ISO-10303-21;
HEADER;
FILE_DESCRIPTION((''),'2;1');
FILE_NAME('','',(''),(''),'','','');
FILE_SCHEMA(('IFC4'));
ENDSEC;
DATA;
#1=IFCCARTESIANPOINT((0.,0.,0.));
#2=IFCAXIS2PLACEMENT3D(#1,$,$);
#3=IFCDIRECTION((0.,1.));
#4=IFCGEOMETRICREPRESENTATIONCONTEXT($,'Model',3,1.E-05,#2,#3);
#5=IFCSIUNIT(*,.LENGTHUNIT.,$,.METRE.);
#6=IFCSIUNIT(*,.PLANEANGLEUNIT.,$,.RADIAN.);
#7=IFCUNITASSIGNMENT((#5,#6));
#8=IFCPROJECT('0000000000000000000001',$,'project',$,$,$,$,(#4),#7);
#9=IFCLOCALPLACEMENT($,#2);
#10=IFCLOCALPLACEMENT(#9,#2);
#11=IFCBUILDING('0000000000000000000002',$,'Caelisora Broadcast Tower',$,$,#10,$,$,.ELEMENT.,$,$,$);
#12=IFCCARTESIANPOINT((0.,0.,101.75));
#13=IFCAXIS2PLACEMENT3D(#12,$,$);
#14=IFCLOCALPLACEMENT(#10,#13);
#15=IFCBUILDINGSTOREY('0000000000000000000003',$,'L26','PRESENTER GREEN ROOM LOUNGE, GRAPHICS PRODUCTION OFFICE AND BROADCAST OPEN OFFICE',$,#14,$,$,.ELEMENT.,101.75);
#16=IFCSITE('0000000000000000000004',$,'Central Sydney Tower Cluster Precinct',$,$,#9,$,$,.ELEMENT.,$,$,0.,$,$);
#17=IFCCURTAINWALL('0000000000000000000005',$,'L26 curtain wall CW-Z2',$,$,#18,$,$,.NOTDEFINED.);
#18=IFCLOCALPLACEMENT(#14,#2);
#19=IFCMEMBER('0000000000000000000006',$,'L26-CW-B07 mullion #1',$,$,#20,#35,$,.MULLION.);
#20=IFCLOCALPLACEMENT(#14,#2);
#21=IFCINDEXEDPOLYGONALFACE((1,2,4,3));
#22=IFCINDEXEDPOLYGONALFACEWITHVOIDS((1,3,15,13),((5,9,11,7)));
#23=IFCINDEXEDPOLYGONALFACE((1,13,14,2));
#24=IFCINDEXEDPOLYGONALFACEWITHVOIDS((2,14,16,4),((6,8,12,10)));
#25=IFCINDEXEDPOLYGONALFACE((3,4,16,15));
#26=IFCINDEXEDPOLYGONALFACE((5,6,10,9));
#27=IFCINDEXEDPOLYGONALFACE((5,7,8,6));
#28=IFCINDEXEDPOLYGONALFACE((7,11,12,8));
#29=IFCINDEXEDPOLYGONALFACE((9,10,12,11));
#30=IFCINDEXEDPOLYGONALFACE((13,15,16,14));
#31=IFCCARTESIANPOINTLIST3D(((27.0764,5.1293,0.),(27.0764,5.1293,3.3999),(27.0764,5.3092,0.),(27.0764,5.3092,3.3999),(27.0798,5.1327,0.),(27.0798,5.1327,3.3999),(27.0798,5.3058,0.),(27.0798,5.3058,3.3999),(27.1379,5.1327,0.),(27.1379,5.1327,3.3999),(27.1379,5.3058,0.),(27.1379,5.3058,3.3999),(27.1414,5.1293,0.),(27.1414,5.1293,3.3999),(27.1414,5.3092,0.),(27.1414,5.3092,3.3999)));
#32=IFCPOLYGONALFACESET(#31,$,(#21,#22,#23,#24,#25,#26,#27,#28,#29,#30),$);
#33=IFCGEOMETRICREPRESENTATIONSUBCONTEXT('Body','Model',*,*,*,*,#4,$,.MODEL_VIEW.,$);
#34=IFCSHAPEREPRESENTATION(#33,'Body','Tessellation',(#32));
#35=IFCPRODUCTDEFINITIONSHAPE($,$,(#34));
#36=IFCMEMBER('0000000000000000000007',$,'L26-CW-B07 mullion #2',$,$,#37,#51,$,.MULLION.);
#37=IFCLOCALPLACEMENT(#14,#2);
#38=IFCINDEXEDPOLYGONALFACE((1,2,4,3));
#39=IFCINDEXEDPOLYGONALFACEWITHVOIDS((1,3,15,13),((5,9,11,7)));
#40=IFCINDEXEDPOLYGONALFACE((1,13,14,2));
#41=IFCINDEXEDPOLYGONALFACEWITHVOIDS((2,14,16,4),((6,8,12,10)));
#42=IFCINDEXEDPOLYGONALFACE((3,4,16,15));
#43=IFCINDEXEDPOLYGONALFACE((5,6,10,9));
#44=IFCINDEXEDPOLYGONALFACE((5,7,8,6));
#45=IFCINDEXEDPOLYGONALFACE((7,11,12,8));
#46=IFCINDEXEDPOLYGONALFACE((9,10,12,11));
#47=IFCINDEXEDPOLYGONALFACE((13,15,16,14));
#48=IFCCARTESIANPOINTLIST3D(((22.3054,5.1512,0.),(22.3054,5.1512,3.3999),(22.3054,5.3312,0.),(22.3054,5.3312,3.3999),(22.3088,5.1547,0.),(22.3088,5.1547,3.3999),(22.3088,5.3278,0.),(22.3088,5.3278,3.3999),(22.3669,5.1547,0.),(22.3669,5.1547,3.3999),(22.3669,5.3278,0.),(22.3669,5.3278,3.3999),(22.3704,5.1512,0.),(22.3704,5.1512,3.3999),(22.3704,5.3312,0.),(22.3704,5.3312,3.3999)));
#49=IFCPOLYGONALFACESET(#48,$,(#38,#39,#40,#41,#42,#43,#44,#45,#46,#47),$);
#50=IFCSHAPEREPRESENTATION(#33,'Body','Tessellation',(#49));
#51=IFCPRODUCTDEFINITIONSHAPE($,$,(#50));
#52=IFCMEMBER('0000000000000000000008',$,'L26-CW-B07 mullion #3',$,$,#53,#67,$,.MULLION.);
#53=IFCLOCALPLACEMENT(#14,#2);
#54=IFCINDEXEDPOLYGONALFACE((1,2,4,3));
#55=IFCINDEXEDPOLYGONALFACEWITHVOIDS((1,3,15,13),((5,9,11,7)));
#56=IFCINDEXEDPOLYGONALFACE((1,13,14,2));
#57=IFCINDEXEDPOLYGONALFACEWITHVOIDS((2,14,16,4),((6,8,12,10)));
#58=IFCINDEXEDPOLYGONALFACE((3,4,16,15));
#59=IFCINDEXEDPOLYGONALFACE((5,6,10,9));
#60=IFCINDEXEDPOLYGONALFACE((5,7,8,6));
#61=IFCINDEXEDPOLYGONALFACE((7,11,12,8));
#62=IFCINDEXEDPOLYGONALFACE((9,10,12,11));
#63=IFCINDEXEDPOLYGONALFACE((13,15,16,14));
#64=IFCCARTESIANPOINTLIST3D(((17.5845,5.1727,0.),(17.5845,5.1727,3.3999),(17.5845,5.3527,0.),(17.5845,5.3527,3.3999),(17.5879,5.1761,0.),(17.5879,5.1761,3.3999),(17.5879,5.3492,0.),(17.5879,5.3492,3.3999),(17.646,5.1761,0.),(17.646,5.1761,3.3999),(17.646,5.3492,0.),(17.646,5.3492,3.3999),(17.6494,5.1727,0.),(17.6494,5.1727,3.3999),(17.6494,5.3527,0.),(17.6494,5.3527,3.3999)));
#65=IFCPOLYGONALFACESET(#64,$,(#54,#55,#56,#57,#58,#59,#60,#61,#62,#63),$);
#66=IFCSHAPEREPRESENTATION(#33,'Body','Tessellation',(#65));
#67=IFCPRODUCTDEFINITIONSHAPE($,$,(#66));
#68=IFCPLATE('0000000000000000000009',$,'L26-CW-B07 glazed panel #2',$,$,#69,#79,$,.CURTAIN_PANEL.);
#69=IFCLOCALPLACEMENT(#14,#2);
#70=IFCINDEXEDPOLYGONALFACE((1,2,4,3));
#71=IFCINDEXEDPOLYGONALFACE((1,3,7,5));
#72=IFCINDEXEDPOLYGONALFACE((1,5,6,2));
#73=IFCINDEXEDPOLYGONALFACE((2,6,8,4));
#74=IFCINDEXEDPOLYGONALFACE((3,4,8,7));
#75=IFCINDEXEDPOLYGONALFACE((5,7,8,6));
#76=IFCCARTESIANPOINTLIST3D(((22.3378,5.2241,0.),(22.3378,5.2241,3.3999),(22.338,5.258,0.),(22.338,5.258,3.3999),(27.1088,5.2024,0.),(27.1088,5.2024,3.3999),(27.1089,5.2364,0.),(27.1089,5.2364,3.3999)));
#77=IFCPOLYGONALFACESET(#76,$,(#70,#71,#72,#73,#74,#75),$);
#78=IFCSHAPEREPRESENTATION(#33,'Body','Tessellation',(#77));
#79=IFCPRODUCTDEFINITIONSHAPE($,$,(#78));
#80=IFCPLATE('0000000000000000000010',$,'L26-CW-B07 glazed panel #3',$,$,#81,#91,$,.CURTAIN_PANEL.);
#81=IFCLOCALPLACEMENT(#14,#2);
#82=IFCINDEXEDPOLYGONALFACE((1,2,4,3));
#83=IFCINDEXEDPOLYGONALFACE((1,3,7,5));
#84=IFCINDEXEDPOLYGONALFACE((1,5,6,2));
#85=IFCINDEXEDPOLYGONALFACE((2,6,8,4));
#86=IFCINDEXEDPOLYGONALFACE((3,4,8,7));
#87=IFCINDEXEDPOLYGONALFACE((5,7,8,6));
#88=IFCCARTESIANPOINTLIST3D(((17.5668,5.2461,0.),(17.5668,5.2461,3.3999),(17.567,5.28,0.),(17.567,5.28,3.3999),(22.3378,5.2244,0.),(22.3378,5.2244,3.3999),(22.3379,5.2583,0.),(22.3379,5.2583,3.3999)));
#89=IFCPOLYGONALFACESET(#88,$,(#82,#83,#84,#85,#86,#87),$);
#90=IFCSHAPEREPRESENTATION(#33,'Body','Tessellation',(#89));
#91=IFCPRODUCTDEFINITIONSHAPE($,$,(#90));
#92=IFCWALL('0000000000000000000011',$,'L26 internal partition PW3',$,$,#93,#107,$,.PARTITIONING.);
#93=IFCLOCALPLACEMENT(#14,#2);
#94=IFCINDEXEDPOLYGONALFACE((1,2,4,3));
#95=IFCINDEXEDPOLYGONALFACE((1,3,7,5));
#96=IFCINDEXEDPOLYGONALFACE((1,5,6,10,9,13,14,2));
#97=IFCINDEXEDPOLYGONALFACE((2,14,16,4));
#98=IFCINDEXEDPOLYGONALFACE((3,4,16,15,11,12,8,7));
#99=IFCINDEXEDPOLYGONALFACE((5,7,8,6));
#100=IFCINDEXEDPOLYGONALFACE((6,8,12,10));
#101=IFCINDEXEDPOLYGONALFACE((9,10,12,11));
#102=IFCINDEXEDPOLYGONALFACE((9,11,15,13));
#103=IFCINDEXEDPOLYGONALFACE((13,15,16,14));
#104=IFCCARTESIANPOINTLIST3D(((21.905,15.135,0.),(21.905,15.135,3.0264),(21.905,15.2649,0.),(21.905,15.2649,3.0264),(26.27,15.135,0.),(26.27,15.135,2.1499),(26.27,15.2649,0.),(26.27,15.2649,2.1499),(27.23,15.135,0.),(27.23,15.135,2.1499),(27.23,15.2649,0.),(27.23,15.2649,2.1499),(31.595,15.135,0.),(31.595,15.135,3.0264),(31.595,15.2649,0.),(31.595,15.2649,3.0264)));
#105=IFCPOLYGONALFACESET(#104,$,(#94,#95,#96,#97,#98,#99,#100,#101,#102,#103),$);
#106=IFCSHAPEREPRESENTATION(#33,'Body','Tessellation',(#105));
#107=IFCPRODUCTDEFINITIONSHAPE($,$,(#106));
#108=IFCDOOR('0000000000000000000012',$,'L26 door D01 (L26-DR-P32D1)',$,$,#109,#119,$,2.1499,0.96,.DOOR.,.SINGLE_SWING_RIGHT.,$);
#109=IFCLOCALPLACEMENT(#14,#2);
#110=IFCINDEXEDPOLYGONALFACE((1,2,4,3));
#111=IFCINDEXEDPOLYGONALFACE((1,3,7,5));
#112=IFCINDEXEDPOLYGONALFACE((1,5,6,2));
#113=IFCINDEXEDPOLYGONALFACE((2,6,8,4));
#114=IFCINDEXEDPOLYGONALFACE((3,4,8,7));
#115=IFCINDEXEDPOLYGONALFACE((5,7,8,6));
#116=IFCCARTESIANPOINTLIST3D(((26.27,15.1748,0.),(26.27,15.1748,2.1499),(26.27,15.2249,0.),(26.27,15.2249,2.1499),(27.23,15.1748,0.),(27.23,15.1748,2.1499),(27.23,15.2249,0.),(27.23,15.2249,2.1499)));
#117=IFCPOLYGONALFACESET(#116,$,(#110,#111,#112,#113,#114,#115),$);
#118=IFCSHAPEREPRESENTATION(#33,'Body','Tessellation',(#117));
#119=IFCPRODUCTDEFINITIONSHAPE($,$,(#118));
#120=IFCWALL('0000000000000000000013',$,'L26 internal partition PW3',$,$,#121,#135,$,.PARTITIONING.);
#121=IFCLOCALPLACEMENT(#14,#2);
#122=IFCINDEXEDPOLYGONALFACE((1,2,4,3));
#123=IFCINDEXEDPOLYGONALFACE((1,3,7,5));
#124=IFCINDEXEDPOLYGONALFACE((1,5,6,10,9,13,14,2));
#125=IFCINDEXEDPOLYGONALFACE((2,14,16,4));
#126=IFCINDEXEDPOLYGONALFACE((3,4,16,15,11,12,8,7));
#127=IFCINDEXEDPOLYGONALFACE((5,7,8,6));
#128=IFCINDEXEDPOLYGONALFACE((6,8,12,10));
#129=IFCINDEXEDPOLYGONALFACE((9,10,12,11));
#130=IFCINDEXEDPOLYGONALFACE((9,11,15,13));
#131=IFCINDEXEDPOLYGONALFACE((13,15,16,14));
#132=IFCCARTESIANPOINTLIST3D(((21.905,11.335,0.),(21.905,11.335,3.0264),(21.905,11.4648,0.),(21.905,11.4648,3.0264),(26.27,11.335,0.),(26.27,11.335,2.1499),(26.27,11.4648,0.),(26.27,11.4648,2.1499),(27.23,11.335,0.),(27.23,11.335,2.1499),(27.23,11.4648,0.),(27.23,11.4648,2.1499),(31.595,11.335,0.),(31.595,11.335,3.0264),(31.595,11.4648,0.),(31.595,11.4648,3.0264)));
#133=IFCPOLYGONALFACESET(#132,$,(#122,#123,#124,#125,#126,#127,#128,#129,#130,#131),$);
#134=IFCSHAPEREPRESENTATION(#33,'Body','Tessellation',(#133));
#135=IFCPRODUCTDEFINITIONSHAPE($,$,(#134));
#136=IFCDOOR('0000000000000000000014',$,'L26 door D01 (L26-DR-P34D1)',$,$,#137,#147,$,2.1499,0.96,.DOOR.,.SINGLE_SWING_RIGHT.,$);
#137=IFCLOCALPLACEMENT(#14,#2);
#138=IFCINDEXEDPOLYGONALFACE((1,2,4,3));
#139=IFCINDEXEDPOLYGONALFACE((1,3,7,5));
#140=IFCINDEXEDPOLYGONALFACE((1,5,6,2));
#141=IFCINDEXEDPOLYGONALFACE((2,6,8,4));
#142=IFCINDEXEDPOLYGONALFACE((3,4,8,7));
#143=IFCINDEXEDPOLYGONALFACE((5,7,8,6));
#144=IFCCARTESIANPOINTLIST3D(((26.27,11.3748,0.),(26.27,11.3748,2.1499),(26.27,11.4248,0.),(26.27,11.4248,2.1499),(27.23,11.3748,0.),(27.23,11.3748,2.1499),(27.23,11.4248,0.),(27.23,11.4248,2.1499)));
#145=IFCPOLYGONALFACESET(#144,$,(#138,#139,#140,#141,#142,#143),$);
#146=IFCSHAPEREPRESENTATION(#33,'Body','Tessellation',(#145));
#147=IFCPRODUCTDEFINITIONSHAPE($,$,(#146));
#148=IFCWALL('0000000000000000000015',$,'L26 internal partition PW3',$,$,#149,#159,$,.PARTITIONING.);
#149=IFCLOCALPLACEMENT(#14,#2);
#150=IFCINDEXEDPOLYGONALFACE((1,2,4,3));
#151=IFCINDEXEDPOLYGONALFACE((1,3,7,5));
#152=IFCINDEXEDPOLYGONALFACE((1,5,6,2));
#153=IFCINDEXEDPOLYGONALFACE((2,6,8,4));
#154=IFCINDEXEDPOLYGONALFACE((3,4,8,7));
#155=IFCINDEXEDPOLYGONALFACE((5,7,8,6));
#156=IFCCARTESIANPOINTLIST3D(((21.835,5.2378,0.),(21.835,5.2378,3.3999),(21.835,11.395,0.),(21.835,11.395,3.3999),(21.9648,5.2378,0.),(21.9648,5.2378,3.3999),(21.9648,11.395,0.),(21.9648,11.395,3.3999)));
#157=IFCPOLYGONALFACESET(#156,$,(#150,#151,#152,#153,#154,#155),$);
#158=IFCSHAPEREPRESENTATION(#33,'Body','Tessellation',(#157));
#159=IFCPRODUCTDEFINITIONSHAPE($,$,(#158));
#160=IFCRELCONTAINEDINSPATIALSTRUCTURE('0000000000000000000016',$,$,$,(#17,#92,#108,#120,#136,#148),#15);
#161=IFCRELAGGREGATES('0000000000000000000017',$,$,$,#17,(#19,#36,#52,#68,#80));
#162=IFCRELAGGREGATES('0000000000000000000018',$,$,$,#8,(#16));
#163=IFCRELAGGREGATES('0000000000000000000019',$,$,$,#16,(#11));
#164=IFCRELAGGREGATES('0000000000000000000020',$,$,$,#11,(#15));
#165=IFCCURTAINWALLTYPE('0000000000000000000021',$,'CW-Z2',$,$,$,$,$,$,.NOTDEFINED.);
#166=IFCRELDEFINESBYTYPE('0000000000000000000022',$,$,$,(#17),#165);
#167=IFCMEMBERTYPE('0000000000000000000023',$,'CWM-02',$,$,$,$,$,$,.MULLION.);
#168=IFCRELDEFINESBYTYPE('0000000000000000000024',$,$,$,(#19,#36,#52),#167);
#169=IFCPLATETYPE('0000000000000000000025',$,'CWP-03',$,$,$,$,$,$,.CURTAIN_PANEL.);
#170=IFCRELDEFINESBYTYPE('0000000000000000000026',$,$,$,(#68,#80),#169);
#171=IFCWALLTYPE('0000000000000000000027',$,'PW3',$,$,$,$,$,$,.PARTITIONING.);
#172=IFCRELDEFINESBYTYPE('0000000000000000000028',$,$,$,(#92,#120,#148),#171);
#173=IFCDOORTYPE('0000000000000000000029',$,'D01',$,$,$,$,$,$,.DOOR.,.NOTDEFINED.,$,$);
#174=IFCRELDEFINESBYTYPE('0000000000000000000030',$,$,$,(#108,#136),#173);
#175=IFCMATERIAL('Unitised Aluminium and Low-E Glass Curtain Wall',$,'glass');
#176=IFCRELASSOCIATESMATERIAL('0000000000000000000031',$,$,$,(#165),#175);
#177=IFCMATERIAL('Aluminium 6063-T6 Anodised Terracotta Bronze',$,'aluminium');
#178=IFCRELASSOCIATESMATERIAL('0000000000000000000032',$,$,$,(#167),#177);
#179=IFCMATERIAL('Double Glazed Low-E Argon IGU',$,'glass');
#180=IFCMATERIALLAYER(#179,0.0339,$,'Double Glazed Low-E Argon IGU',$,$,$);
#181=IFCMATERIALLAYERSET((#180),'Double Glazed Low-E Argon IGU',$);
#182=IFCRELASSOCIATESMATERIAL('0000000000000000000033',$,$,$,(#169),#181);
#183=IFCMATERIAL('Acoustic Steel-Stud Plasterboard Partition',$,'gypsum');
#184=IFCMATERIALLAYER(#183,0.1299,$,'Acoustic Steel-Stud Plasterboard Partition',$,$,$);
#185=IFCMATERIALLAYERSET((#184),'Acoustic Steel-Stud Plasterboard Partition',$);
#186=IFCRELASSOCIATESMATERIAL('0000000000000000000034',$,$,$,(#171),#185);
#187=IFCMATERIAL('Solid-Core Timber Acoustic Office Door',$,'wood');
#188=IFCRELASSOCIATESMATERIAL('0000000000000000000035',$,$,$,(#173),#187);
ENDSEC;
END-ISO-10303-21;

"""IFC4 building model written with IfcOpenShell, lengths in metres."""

from ifc_helpers import new_model, si_unit, direction, frame, frame_2d, origin, origin_2d, place, context, subcontext, project, spatial, rectangle, hollow_rectangle, extrude, source, transform, mapped, material, layer, layer_set, material_profile, profile_set, type_object, type_shapes, element, fill, aggregate, save


model = new_model("IFC4")

# Units and contexts
model_context = context("Model", 3, precision=1e-05, world=origin(), true_north=direction((0.0, 1.0)))
body_context = subcontext(model_context, "Body", "Model", "MODEL_VIEW")
ifc_project = project(units=[si_unit("LENGTHUNIT", "METRE"), si_unit("PLANEANGLEUNIT", "RADIAN")], contexts=[model_context])

# Site, building, storey
site_placement = place(None, origin())
site = spatial("IfcSite", under=ifc_project, at=site_placement, Name="Central Sydney Tower Cluster Precinct", CompositionType="ELEMENT", RefElevation=0.0)
building_placement = place(site_placement, origin())
building = spatial("IfcBuilding", under=site, at=building_placement, Name="Caelisora Broadcast Tower", CompositionType="ELEMENT")
storey_placement = place(building_placement, frame((0.0, 0.0, 101.75)))
storey = spatial("IfcBuildingStorey", under=building, at=storey_placement, Name="L26", Description="PRESENTER GREEN ROOM LOUNGE, GRAPHICS PRODUCTION OFFICE AND BROADCAST OPEN OFFICE", CompositionType="ELEMENT", Elevation=101.75)

# Curtain wall, members, plates
ifc_material_1 = material(Name="Unitised Aluminium and Low-E Glass Curtain Wall", Category="glass")
curtain_wall_type = type_object("IfcCurtainWallType", Name="CW-Z2", PredefinedType="NOTDEFINED", material=ifc_material_1)
curtain_wall_placement = place(storey_placement, origin())
curtain_wall = element("IfcCurtainWall", 1, at=curtain_wall_placement, inside=storey, type_object=curtain_wall_type, Name="L26 curtain wall CW-Z2", PredefinedType="NOTDEFINED")
ifc_material_2 = material(Name="Aluminium 6063-T6 Anodised Terracotta Bronze", Category="aluminium")
ifc_material_profile_1 = material_profile(ifc_material_2, hollow_rectangle(XDim=0.0649, YDim=0.1799, WallThickness=0.0034, at=origin_2d()), Name="Aluminium 6063-T6 Anodised Terracotta Bronze")
ifc_profile_set_1 = profile_set([ifc_material_profile_1], Name="Aluminium 6063-T6 Anodised Terracotta Bronze")
member_type = type_object("IfcMemberType", Name="CWM-02", PredefinedType="MULLION", material=ifc_profile_set_1)
shared_shape_1 = source(origin(), body_context, "Body", "SweptSolid", [
    extrude(hollow_rectangle(XDim=0.0649, YDim=0.1799, WallThickness=0.0034, at=origin_2d()), origin(), (0.0, 0.0, 1.0), 3.3999),
])
type_shapes(member_type, [shared_shape_1])
member_1_placement = place(storey_placement, frame((27.1089, 5.2192, 0.0), z_axis=(0.0, 0.0, 1.0), x_axis=(1.0, 0.0, 0.0)))
member_1 = element("IfcMember", 2, at=member_1_placement, type_object=member_type, Name="L26-CW-B07 mullion #1", PredefinedType="MULLION", context=body_context, shape_type="MappedRepresentation", body=[
    mapped(shared_shape_1, transform((0.0, 0.0, 0.0), scale=1.0)),
])
member_2_placement = place(storey_placement, frame((22.3379, 5.2412, 0.0), z_axis=(0.0, 0.0, 1.0), x_axis=(1.0, 0.0, 0.0)))
member_2 = element("IfcMember", 3, at=member_2_placement, type_object=member_type, Name="L26-CW-B07 mullion #2", PredefinedType="MULLION", context=body_context, shape_type="MappedRepresentation", body=[
    mapped(shared_shape_1, transform((0.0, 0.0, 0.0), scale=1.0)),
])
member_3_placement = place(storey_placement, frame((17.6169, 5.2627, 0.0), z_axis=(0.0, 0.0, 1.0), x_axis=(1.0, 0.0, 0.0)))
member_3 = element("IfcMember", 4, at=member_3_placement, type_object=member_type, Name="L26-CW-B07 mullion #3", PredefinedType="MULLION", context=body_context, shape_type="MappedRepresentation", body=[
    mapped(shared_shape_1, transform((0.0, 0.0, 0.0), scale=1.0)),
])
ifc_material_3 = material(Name="Double Glazed Low-E Argon IGU", Category="glass")
ifc_layer_1 = layer(ifc_material_3, 0.0339, Name="Double Glazed Low-E Argon IGU")
ifc_layer_set_1 = layer_set([ifc_layer_1], Name="Double Glazed Low-E Argon IGU")
plate_type = type_object("IfcPlateType", Name="CWP-03", PredefinedType="CURTAIN_PANEL", material=ifc_layer_set_1)
shared_shape_2 = source(origin(), body_context, "Body", "SweptSolid", [
    extrude(rectangle(XDim=4.771, YDim=0.0339, at=origin_2d()), origin(), (0.0, 0.0, 1.0), 3.3999),
])
type_shapes(plate_type, [shared_shape_2])
plate_1_placement = place(storey_placement, frame((24.7234, 5.2302, 0.0), z_axis=(0.0, 0.0, 1.0), x_axis=(-0.99999, 0.004538, 0.0)))
plate_1 = element("IfcPlate", 5, at=plate_1_placement, type_object=plate_type, Name="L26-CW-B07 glazed panel #2", PredefinedType="CURTAIN_PANEL", context=body_context, shape_type="MappedRepresentation", body=[
    mapped(shared_shape_2, transform((0.0, 0.0, 0.0), scale=1.0)),
])
plate_2_placement = place(storey_placement, frame((19.9524, 5.2522, 0.0), z_axis=(0.0, 0.0, 1.0), x_axis=(-0.99999, 0.004538, 0.0)))
plate_2 = element("IfcPlate", 6, at=plate_2_placement, type_object=plate_type, Name="L26-CW-B07 glazed panel #3", PredefinedType="CURTAIN_PANEL", context=body_context, shape_type="MappedRepresentation", body=[
    mapped(shared_shape_2, transform((0.0, 0.0, 0.0), scale=1.0)),
])
aggregate(curtain_wall, [member_1, member_2, member_3, plate_1, plate_2])

# Walls, openings, doors
ifc_material_4 = material(Name="Acoustic Steel-Stud Plasterboard Partition", Category="gypsum")
ifc_layer_2 = layer(ifc_material_4, 0.1299, Name="Acoustic Steel-Stud Plasterboard Partition")
ifc_layer_set_2 = layer_set([ifc_layer_2], Name="Acoustic Steel-Stud Plasterboard Partition")
wall_type_1 = type_object("IfcWallType", Name="PW3", PredefinedType="PARTITIONING", material=ifc_layer_set_2)
wall_1_placement = place(storey_placement, frame((21.905, 15.2, 0.0), z_axis=(0.0, 0.0, 1.0), x_axis=(1.0, 0.0, 0.0)))
wall_1 = element("IfcWall", 7, at=wall_1_placement, inside=storey, type_object=wall_type_1, Name="L26 internal partition PW3", PredefinedType="PARTITIONING", context=body_context, shape_type="SweptSolid", body=[
    extrude(rectangle(XDim=9.6899, YDim=0.1299, at=frame_2d((4.845, 0.0))), origin(), (0.0, 0.0, 1.0), 3.0264),
])
opening_1_placement = place(wall_1_placement, frame((4.365, 0.0, 0.0)))
opening_1 = element("IfcOpeningElement", 8, at=opening_1_placement, cuts=wall_1, PredefinedType="OPENING", context=body_context, shape_type="SweptSolid", body=[
    extrude(rectangle(XDim=0.96, YDim=2.1499, at=frame_2d((0.48, 1.075))), frame((0.0, 0.0769, 0.0), z_axis=(0.0, -1.0, 0.0), x_axis=(1.0, 0.0, 0.0)), (0.0, 0.0, 1.0), 0.1538),
])
ifc_material_5 = material(Name="Solid-Core Timber Acoustic Office Door", Category="wood")
door_type_1 = type_object("IfcDoorType", Name="D01", OperationType="NOTDEFINED", PredefinedType="DOOR", material=ifc_material_5)
door_1_placement = place(opening_1_placement, origin())
door_1 = element("IfcDoor", 9, at=door_1_placement, inside=storey, type_object=door_type_1, Name="L26 door D01 (L26-DR-P32D1)", OperationType="SINGLE_SWING_RIGHT", OverallHeight=2.1499, OverallWidth=0.96, PredefinedType="DOOR", context=body_context, shape_type="SweptSolid", body=[
    extrude(rectangle(XDim=0.96, YDim=2.1499, at=frame_2d((0.48, 1.075))), frame((0.0, 0.0249, 0.0), z_axis=(0.0, -1.0, 0.0), x_axis=(1.0, 0.0, 0.0)), (0.0, 0.0, 1.0), 0.05),
])
fill(opening_1, door_1)
wall_2_placement = place(storey_placement, frame((21.905, 11.3999, 0.0), z_axis=(0.0, 0.0, 1.0), x_axis=(1.0, 0.0, 0.0)))
wall_2 = element("IfcWall", 10, at=wall_2_placement, inside=storey, type_object=wall_type_1, Name="L26 internal partition PW3", PredefinedType="PARTITIONING", context=body_context, shape_type="SweptSolid", body=[
    extrude(rectangle(XDim=9.6899, YDim=0.1299, at=frame_2d((4.845, 0.0))), origin(), (0.0, 0.0, 1.0), 3.0264),
])
opening_2_placement = place(wall_2_placement, frame((4.365, 0.0, 0.0)))
opening_2 = element("IfcOpeningElement", 11, at=opening_2_placement, cuts=wall_2, PredefinedType="OPENING", context=body_context, shape_type="SweptSolid", body=[
    extrude(rectangle(XDim=0.96, YDim=2.1499, at=frame_2d((0.48, 1.075))), frame((0.0, 0.0769, 0.0), z_axis=(0.0, -1.0, 0.0), x_axis=(1.0, 0.0, 0.0)), (0.0, 0.0, 1.0), 0.1538),
])
door_2_placement = place(opening_2_placement, origin())
door_2 = element("IfcDoor", 12, at=door_2_placement, inside=storey, type_object=door_type_1, Name="L26 door D01 (L26-DR-P34D1)", OperationType="SINGLE_SWING_RIGHT", OverallHeight=2.1499, OverallWidth=0.96, PredefinedType="DOOR", context=body_context, shape_type="SweptSolid", body=[
    extrude(rectangle(XDim=0.96, YDim=2.1499, at=frame_2d((0.48, 1.075))), frame((0.0, 0.0249, 0.0), z_axis=(0.0, -1.0, 0.0), x_axis=(1.0, 0.0, 0.0)), (0.0, 0.0, 1.0), 0.05),
])
fill(opening_2, door_2)

# Wall
wall_3_placement = place(storey_placement, frame((21.8999, 5.2378, 0.0), z_axis=(0.0, 0.0, 1.0), x_axis=(0.0, 1.0, 0.0)))
element("IfcWall", 13, at=wall_3_placement, inside=storey, type_object=wall_type_1, Name="L26 internal partition PW3", PredefinedType="PARTITIONING", context=body_context, shape_type="SweptSolid", body=[
    extrude(rectangle(XDim=6.1572, YDim=0.1299, at=frame_2d((3.0786, 0.0))), origin(), (0.0, 0.0, 1.0), 3.3999),
])

save(model, "model.ifc")
